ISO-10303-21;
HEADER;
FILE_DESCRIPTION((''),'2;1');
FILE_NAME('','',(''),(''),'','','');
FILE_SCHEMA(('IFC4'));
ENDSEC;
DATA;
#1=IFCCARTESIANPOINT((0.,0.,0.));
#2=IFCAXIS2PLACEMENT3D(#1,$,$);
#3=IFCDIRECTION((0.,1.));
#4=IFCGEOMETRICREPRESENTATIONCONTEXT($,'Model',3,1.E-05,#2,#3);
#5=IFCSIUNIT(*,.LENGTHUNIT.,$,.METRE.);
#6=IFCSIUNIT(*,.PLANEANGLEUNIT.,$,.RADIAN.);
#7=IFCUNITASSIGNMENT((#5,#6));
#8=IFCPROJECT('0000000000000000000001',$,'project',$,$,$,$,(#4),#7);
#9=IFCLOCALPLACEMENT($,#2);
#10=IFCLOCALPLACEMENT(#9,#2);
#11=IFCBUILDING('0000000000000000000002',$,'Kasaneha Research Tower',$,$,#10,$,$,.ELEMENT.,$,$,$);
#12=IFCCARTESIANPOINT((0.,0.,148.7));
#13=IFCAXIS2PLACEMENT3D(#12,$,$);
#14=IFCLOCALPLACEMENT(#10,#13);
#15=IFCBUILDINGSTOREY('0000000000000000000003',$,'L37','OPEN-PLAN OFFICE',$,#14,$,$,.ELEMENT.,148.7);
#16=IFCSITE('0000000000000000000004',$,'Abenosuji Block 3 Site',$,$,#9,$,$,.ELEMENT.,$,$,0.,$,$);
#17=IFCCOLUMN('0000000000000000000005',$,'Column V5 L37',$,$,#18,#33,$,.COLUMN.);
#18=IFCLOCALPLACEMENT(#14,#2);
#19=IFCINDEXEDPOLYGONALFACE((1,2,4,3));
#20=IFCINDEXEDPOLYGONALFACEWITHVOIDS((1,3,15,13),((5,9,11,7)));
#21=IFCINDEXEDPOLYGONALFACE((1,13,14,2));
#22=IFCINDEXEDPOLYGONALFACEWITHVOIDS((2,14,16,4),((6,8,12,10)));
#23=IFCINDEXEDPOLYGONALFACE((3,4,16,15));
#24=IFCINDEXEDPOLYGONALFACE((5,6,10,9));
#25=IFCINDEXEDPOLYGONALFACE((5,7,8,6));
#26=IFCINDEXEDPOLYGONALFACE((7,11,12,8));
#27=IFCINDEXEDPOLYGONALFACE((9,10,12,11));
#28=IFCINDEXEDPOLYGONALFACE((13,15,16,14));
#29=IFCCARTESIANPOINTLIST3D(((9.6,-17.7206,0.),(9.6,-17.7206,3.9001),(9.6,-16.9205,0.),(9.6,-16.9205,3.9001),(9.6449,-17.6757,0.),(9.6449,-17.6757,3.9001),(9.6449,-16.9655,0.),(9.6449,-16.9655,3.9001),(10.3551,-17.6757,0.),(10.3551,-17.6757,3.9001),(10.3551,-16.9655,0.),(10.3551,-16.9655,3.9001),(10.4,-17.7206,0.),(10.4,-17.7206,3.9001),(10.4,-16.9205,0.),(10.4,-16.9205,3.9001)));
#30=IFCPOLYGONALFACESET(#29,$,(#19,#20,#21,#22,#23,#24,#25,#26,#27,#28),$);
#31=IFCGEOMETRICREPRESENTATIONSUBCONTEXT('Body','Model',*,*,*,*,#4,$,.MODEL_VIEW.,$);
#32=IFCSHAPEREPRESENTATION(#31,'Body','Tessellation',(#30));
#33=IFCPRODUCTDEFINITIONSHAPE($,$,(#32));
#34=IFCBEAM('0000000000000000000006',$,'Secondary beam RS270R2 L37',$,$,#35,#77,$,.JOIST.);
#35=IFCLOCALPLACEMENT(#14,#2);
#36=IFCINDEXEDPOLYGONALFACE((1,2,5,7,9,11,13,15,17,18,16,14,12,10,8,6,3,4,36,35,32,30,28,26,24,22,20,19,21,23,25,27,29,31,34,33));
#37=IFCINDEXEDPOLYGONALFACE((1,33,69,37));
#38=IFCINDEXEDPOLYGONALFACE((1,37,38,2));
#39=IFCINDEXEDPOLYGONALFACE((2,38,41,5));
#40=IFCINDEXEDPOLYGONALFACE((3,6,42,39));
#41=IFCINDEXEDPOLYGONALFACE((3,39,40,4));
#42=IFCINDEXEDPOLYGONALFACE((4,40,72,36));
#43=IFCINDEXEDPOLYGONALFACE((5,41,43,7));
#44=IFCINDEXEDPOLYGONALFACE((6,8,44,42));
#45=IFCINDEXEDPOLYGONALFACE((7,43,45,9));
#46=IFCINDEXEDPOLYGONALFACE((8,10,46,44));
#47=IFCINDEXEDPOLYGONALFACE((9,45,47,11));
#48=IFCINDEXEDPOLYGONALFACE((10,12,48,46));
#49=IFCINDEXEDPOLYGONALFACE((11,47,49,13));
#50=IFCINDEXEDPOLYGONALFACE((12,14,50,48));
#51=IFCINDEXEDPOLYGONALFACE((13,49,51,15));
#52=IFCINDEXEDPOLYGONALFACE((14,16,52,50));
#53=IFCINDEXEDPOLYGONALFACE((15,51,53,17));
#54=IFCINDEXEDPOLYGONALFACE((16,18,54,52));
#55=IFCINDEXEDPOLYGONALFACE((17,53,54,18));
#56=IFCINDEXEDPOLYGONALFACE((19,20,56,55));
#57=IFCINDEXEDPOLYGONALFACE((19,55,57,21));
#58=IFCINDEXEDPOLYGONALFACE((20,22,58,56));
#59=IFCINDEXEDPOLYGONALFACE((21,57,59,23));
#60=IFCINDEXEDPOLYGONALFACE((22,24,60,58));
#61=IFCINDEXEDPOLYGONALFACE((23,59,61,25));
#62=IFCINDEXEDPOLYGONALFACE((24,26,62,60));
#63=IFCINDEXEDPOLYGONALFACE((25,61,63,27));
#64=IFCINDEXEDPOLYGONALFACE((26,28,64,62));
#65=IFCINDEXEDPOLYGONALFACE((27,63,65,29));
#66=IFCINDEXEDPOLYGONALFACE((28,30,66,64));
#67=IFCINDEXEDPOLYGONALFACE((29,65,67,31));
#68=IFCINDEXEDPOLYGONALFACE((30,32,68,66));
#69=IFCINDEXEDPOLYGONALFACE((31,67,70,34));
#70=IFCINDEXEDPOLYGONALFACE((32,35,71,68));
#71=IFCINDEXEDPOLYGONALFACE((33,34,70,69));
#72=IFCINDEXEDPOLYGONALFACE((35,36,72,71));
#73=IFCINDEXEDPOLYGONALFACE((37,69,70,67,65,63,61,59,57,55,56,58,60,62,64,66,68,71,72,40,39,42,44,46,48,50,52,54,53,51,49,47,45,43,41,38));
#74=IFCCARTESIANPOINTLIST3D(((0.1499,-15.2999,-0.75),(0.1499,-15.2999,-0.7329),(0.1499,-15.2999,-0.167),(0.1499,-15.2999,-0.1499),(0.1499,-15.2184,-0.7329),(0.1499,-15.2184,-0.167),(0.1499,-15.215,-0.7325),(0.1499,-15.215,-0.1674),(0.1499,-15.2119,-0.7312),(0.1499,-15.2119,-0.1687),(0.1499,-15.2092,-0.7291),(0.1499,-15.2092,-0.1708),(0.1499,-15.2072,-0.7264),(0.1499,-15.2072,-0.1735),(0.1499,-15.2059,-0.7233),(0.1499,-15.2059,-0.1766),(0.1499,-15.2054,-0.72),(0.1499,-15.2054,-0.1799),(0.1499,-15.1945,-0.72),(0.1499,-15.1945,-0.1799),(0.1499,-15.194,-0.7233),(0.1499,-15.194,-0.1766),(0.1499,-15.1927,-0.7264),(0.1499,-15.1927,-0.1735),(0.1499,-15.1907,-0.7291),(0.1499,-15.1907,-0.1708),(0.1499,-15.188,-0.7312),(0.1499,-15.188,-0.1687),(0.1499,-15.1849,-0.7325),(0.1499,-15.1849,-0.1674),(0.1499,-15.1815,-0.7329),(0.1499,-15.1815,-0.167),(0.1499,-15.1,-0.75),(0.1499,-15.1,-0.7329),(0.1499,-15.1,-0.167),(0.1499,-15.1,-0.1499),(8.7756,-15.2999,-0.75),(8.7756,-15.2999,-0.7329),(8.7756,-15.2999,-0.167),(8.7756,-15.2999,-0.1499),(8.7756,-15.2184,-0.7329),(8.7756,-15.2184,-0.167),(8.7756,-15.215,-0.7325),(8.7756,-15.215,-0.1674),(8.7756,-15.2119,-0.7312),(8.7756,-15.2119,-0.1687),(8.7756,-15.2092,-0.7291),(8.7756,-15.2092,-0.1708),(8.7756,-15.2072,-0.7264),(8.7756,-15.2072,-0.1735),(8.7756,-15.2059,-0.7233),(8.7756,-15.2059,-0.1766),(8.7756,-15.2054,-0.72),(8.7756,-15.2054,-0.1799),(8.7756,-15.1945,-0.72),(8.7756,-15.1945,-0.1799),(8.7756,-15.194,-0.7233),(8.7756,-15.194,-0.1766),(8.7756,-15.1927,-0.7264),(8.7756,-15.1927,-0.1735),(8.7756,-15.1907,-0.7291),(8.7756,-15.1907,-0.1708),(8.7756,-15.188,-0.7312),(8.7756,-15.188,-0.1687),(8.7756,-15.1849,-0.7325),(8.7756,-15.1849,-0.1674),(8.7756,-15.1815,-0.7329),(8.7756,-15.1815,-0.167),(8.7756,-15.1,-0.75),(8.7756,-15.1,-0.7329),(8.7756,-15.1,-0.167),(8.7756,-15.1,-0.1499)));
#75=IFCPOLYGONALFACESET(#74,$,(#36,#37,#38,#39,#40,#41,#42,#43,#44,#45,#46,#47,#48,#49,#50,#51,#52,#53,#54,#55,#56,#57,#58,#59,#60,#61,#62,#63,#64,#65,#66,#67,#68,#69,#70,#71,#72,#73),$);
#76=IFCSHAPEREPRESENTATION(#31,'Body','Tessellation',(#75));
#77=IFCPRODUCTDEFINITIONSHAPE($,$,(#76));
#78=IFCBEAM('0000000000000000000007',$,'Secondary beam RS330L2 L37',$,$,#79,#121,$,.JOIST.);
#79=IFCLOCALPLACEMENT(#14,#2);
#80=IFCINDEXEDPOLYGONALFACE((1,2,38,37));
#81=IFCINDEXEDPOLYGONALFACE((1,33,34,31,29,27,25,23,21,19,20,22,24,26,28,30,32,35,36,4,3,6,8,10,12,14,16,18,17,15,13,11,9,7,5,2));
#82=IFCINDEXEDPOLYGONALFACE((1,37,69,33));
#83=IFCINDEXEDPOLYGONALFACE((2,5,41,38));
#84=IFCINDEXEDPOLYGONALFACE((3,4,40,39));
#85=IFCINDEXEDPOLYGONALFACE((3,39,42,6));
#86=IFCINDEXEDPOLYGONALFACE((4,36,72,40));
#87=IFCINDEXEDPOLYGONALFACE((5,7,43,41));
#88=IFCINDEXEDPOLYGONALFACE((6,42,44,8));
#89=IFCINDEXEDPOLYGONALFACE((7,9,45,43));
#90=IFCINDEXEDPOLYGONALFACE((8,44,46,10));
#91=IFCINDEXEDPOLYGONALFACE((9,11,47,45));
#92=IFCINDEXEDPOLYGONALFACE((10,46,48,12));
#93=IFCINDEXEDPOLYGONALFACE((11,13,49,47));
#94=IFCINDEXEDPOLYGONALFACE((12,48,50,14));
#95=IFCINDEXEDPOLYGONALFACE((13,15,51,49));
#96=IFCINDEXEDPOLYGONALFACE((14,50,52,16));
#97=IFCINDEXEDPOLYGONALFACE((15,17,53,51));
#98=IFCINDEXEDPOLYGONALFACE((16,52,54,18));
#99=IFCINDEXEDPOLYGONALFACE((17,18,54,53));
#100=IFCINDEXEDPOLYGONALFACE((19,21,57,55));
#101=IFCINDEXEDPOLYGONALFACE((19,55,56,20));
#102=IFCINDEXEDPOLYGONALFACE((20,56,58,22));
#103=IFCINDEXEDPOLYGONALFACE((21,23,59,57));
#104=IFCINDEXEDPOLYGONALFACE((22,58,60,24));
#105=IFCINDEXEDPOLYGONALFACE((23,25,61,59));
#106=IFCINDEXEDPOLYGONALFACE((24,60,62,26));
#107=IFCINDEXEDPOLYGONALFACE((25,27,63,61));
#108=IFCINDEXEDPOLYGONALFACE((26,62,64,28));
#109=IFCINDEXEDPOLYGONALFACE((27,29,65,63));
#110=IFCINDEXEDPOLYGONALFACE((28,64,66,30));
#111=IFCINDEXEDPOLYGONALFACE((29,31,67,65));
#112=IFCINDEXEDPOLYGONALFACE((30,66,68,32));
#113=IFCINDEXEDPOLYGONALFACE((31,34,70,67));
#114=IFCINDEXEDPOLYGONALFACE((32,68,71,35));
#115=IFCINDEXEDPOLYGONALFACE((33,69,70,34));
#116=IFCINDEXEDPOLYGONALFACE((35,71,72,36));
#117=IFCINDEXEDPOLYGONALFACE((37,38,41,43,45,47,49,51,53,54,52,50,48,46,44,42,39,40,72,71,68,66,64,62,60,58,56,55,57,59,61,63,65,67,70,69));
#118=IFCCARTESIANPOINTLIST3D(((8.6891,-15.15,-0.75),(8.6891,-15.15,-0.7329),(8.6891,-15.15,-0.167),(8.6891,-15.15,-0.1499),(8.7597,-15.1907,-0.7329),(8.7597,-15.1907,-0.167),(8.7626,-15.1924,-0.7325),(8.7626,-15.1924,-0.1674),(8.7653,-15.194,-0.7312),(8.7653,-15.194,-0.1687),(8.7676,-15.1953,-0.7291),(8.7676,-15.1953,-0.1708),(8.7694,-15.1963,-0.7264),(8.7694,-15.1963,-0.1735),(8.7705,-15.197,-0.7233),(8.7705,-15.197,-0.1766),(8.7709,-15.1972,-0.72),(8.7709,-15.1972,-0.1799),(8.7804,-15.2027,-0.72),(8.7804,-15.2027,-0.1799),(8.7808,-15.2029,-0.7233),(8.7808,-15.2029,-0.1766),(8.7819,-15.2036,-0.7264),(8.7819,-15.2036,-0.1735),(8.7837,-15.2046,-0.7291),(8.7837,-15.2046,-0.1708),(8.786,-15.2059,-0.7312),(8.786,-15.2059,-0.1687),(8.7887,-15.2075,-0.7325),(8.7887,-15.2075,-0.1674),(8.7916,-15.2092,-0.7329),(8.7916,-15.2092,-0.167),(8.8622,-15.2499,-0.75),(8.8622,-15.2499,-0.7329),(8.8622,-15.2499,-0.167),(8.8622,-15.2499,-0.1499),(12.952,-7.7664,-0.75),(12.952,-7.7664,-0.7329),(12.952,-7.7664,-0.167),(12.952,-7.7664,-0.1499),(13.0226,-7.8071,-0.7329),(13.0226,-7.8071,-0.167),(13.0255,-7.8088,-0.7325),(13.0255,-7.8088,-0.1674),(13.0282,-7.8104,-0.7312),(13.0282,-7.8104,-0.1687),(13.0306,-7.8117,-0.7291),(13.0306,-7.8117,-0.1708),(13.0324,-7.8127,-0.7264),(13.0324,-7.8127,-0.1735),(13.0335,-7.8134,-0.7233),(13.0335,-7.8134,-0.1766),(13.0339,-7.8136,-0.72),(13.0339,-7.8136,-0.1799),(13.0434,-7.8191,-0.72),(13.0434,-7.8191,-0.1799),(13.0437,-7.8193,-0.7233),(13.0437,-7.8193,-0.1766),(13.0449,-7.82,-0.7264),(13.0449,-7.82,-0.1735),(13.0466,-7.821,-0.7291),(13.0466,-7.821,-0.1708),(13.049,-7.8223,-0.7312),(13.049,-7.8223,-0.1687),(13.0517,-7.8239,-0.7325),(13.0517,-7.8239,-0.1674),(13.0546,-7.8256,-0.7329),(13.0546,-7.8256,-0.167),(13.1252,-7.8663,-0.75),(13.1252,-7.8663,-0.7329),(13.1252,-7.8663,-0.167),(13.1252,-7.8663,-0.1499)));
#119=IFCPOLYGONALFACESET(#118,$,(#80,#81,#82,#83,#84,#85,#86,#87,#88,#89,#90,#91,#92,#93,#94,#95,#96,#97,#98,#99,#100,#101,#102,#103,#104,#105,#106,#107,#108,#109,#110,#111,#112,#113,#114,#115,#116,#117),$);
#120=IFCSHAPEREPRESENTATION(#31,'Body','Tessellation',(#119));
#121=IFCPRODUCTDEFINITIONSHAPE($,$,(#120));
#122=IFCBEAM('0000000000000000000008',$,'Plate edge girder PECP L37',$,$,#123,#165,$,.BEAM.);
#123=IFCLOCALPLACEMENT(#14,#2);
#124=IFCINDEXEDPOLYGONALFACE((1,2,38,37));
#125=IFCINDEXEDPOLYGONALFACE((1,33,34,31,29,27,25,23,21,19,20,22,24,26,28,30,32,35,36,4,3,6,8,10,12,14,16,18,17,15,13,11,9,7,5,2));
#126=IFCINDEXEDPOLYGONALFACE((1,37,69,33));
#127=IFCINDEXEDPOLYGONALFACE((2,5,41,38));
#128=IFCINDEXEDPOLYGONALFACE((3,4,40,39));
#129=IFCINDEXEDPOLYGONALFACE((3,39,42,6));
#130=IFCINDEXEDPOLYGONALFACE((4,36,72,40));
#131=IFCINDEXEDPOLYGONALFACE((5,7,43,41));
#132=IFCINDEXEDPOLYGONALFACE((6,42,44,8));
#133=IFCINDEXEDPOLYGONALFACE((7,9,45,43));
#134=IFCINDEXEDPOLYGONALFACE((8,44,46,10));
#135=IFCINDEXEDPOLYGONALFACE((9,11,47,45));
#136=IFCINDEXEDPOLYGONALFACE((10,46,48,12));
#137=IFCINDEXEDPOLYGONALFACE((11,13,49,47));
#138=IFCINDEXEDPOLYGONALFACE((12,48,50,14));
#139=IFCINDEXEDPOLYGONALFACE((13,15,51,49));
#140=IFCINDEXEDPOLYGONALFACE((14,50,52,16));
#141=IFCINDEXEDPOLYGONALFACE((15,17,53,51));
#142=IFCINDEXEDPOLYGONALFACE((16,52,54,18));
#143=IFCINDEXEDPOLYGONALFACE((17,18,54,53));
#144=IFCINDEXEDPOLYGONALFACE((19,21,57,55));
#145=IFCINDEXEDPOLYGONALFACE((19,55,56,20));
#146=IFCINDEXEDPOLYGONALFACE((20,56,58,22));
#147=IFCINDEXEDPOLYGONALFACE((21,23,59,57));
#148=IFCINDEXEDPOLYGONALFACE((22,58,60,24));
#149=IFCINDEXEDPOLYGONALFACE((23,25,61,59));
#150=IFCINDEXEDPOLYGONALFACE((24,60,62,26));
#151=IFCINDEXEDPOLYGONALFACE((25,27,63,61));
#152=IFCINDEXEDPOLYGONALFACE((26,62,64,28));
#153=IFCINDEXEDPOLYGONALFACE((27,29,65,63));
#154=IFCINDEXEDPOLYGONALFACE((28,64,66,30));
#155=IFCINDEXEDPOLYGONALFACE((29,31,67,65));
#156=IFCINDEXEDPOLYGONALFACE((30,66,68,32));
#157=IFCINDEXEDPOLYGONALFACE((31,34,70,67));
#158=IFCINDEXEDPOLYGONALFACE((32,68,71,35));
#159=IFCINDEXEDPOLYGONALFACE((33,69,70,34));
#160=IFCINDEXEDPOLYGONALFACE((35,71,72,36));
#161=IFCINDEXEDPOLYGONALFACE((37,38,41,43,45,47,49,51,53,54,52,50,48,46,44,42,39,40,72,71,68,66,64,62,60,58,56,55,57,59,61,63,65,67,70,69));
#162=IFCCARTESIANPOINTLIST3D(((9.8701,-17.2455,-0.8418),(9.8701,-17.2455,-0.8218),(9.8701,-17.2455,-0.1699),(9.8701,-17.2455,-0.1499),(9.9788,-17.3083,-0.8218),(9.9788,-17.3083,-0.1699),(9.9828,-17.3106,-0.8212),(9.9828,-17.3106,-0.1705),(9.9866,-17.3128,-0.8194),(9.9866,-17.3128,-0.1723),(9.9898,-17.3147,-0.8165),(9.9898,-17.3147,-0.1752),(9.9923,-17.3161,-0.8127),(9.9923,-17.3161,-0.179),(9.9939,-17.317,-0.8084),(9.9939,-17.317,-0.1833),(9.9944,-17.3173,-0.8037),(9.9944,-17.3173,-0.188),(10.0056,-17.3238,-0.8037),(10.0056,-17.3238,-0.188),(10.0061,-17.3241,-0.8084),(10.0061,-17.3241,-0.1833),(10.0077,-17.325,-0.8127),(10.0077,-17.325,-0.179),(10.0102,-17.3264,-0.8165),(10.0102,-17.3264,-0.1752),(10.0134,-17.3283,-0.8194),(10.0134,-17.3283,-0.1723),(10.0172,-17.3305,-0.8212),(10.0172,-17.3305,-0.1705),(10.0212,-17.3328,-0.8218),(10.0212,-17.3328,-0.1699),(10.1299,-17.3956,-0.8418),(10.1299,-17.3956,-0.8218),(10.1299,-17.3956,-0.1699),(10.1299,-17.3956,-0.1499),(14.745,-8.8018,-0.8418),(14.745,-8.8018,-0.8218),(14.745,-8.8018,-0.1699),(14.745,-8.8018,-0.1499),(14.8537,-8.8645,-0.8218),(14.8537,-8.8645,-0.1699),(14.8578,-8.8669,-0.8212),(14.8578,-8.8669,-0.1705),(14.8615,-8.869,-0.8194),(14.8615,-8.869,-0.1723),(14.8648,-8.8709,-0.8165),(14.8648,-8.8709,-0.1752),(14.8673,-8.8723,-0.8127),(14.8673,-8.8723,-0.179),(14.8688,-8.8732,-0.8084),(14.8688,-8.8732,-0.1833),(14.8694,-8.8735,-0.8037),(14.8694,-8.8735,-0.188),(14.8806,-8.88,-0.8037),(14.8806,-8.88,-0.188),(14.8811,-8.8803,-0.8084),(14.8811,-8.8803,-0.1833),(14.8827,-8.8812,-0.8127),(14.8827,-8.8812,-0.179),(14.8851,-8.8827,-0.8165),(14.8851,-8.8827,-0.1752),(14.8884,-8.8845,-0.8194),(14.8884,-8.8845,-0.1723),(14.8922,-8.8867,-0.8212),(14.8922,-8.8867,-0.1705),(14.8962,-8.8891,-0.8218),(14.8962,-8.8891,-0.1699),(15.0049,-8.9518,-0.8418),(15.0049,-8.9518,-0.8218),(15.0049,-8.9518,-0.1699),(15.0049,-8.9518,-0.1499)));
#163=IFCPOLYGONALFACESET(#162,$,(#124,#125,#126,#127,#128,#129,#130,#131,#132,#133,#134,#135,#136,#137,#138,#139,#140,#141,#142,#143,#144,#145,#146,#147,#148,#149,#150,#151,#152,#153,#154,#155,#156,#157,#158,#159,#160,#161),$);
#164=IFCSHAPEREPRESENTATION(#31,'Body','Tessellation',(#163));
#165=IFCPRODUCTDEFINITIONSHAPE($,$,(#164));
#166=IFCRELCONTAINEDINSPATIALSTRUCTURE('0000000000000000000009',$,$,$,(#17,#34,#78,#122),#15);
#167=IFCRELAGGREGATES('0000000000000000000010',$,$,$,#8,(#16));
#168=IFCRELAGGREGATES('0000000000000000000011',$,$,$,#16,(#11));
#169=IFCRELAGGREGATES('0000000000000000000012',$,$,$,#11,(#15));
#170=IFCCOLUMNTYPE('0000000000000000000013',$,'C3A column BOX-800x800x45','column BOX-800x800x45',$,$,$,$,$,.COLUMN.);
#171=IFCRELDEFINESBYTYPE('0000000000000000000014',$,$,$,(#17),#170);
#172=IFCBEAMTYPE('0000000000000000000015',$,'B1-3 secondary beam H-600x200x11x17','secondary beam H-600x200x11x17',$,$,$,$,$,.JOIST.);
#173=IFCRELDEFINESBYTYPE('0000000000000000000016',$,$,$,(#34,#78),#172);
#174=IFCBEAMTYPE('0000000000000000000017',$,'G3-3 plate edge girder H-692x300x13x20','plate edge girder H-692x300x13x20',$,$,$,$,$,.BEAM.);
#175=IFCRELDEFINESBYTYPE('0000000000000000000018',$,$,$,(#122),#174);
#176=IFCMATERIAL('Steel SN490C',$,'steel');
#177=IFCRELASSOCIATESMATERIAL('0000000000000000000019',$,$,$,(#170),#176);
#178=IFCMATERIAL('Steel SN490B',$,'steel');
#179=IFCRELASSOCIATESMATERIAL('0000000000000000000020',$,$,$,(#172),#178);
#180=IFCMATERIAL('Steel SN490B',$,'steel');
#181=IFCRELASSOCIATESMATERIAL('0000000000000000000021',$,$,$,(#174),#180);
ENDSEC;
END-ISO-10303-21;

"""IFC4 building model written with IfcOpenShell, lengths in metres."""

from ifc_helpers import new_model, si_unit, direction, frame, origin, origin_2d, place, context, subcontext, project, spatial, hollow_rectangle, i_section, extrude, material, material_profile, profile_set, type_object, element, save


model = new_model("IFC4")

# Units and contexts
model_context = context("Model", 3, precision=1e-05, world=origin(), true_north=direction((0.0, 1.0)))
body_context = subcontext(model_context, "Body", "Model", "MODEL_VIEW")
ifc_project = project(units=[si_unit("LENGTHUNIT", "METRE"), si_unit("PLANEANGLEUNIT", "RADIAN")], contexts=[model_context])

# Site, building, storey
site_placement = place(None, origin())
site = spatial("IfcSite", under=ifc_project, at=site_placement, Name="Abenosuji Block 3 Site", CompositionType="ELEMENT", RefElevation=0.0)
building_placement = place(site_placement, origin())
building = spatial("IfcBuilding", under=site, at=building_placement, Name="Kasaneha Research Tower", CompositionType="ELEMENT")
storey_placement = place(building_placement, frame((0.0, 0.0, 148.7)))
storey = spatial("IfcBuildingStorey", under=building, at=storey_placement, Name="L37", Description="OPEN-PLAN OFFICE", CompositionType="ELEMENT", Elevation=148.7)

# Column
ifc_material_1 = material(Name="Steel SN490C", Category="steel")
ifc_material_profile_1 = material_profile(ifc_material_1, hollow_rectangle(XDim=0.8, YDim=0.8, WallThickness=0.0449, at=origin_2d()), Name="BOX-800x800x45")
ifc_profile_set_1 = profile_set([ifc_material_profile_1], Name="Steel SN490C")
column_type = type_object("IfcColumnType", Name="C3A column BOX-800x800x45", Description="column BOX-800x800x45", PredefinedType="COLUMN", material=ifc_profile_set_1)
column_placement = place(storey_placement, frame((10.0, -17.3206, 0.0), z_axis=(0.0, 0.0, 1.0), x_axis=(1.0, 0.0, 0.0)))
element("IfcColumn", 1, at=column_placement, inside=storey, type_object=column_type, Name="Column V5 L37", PredefinedType="COLUMN", context=body_context, shape_type="SweptSolid", body=[
    extrude(hollow_rectangle(XDim=0.8, YDim=0.8, WallThickness=0.0449, at=origin_2d()), origin(), (0.0, 0.0, 1.0), 3.9001),
])

# Beams
ifc_material_2 = material(Name="Steel SN490B", Category="steel")
ifc_material_profile_2 = material_profile(ifc_material_2, i_section(OverallWidth=0.2, OverallDepth=0.6001, WebThickness=0.011, FlangeThickness=0.0171, FilletRadius=0.0129, at=origin_2d()), Name="H-600x200x11x17")
ifc_profile_set_2 = profile_set([ifc_material_profile_2], Name="Steel SN490B")
beam_type_1 = type_object("IfcBeamType", Name="B1-3 secondary beam H-600x200x11x17", Description="secondary beam H-600x200x11x17", PredefinedType="JOIST", material=ifc_profile_set_2)
beam_1_placement = place(storey_placement, frame((8.7756, -15.2, -0.45), z_axis=(-1.0, 0.0, 0.0), x_axis=(0.0, -1.0, 0.0)))
element("IfcBeam", 2, at=beam_1_placement, inside=storey, type_object=beam_type_1, Name="Secondary beam RS270R2 L37", PredefinedType="JOIST", context=body_context, shape_type="SweptSolid", body=[
    extrude(i_section(OverallWidth=0.2, OverallDepth=0.6001, WebThickness=0.011, FlangeThickness=0.0171, FilletRadius=0.0129, at=origin_2d()), origin(), (0.0, 0.0, 1.0), 8.6257),
])
beam_2_placement = place(storey_placement, frame((8.7756, -15.2, -0.45), z_axis=(0.500004, 0.866023, 0.0), x_axis=(-0.866023, 0.500004, 0.0)))
element("IfcBeam", 3, at=beam_2_placement, inside=storey, type_object=beam_type_1, Name="Secondary beam RS330L2 L37", PredefinedType="JOIST", context=body_context, shape_type="SweptSolid", body=[
    extrude(i_section(OverallWidth=0.2, OverallDepth=0.6001, WebThickness=0.011, FlangeThickness=0.0171, FilletRadius=0.0129, at=origin_2d()), origin(), (0.0, 0.0, 1.0), 8.5259),
])
ifc_material_3 = material(Name="Steel SN490B", Category="steel")
ifc_material_profile_3 = material_profile(ifc_material_3, i_section(OverallWidth=0.3, OverallDepth=0.6919, WebThickness=0.0129, FlangeThickness=0.02, FilletRadius=0.0181, at=origin_2d()), Name="H-692x300x13x20")
ifc_profile_set_3 = profile_set([ifc_material_profile_3], Name="Steel SN490B")
beam_type_2 = type_object("IfcBeamType", Name="G3-3 plate edge girder H-692x300x13x20", Description="plate edge girder H-692x300x13x20", PredefinedType="BEAM", material=ifc_profile_set_3)
beam_3_placement = place(storey_placement, frame((10.0, -17.3206, -0.4958), z_axis=(0.499996, 0.866028, 0.0), x_axis=(-0.866028, 0.499996, 0.0)))
element("IfcBeam", 4, at=beam_3_placement, inside=storey, type_object=beam_type_2, Name="Plate edge girder PECP L37", PredefinedType="BEAM", context=body_context, shape_type="SweptSolid", body=[
    extrude(i_section(OverallWidth=0.3, OverallDepth=0.6919, WebThickness=0.0129, FlangeThickness=0.02, FilletRadius=0.0181, at=origin_2d()), origin(), (0.0, 0.0, 1.0), 9.75),
])

save(model, "model.ifc")
